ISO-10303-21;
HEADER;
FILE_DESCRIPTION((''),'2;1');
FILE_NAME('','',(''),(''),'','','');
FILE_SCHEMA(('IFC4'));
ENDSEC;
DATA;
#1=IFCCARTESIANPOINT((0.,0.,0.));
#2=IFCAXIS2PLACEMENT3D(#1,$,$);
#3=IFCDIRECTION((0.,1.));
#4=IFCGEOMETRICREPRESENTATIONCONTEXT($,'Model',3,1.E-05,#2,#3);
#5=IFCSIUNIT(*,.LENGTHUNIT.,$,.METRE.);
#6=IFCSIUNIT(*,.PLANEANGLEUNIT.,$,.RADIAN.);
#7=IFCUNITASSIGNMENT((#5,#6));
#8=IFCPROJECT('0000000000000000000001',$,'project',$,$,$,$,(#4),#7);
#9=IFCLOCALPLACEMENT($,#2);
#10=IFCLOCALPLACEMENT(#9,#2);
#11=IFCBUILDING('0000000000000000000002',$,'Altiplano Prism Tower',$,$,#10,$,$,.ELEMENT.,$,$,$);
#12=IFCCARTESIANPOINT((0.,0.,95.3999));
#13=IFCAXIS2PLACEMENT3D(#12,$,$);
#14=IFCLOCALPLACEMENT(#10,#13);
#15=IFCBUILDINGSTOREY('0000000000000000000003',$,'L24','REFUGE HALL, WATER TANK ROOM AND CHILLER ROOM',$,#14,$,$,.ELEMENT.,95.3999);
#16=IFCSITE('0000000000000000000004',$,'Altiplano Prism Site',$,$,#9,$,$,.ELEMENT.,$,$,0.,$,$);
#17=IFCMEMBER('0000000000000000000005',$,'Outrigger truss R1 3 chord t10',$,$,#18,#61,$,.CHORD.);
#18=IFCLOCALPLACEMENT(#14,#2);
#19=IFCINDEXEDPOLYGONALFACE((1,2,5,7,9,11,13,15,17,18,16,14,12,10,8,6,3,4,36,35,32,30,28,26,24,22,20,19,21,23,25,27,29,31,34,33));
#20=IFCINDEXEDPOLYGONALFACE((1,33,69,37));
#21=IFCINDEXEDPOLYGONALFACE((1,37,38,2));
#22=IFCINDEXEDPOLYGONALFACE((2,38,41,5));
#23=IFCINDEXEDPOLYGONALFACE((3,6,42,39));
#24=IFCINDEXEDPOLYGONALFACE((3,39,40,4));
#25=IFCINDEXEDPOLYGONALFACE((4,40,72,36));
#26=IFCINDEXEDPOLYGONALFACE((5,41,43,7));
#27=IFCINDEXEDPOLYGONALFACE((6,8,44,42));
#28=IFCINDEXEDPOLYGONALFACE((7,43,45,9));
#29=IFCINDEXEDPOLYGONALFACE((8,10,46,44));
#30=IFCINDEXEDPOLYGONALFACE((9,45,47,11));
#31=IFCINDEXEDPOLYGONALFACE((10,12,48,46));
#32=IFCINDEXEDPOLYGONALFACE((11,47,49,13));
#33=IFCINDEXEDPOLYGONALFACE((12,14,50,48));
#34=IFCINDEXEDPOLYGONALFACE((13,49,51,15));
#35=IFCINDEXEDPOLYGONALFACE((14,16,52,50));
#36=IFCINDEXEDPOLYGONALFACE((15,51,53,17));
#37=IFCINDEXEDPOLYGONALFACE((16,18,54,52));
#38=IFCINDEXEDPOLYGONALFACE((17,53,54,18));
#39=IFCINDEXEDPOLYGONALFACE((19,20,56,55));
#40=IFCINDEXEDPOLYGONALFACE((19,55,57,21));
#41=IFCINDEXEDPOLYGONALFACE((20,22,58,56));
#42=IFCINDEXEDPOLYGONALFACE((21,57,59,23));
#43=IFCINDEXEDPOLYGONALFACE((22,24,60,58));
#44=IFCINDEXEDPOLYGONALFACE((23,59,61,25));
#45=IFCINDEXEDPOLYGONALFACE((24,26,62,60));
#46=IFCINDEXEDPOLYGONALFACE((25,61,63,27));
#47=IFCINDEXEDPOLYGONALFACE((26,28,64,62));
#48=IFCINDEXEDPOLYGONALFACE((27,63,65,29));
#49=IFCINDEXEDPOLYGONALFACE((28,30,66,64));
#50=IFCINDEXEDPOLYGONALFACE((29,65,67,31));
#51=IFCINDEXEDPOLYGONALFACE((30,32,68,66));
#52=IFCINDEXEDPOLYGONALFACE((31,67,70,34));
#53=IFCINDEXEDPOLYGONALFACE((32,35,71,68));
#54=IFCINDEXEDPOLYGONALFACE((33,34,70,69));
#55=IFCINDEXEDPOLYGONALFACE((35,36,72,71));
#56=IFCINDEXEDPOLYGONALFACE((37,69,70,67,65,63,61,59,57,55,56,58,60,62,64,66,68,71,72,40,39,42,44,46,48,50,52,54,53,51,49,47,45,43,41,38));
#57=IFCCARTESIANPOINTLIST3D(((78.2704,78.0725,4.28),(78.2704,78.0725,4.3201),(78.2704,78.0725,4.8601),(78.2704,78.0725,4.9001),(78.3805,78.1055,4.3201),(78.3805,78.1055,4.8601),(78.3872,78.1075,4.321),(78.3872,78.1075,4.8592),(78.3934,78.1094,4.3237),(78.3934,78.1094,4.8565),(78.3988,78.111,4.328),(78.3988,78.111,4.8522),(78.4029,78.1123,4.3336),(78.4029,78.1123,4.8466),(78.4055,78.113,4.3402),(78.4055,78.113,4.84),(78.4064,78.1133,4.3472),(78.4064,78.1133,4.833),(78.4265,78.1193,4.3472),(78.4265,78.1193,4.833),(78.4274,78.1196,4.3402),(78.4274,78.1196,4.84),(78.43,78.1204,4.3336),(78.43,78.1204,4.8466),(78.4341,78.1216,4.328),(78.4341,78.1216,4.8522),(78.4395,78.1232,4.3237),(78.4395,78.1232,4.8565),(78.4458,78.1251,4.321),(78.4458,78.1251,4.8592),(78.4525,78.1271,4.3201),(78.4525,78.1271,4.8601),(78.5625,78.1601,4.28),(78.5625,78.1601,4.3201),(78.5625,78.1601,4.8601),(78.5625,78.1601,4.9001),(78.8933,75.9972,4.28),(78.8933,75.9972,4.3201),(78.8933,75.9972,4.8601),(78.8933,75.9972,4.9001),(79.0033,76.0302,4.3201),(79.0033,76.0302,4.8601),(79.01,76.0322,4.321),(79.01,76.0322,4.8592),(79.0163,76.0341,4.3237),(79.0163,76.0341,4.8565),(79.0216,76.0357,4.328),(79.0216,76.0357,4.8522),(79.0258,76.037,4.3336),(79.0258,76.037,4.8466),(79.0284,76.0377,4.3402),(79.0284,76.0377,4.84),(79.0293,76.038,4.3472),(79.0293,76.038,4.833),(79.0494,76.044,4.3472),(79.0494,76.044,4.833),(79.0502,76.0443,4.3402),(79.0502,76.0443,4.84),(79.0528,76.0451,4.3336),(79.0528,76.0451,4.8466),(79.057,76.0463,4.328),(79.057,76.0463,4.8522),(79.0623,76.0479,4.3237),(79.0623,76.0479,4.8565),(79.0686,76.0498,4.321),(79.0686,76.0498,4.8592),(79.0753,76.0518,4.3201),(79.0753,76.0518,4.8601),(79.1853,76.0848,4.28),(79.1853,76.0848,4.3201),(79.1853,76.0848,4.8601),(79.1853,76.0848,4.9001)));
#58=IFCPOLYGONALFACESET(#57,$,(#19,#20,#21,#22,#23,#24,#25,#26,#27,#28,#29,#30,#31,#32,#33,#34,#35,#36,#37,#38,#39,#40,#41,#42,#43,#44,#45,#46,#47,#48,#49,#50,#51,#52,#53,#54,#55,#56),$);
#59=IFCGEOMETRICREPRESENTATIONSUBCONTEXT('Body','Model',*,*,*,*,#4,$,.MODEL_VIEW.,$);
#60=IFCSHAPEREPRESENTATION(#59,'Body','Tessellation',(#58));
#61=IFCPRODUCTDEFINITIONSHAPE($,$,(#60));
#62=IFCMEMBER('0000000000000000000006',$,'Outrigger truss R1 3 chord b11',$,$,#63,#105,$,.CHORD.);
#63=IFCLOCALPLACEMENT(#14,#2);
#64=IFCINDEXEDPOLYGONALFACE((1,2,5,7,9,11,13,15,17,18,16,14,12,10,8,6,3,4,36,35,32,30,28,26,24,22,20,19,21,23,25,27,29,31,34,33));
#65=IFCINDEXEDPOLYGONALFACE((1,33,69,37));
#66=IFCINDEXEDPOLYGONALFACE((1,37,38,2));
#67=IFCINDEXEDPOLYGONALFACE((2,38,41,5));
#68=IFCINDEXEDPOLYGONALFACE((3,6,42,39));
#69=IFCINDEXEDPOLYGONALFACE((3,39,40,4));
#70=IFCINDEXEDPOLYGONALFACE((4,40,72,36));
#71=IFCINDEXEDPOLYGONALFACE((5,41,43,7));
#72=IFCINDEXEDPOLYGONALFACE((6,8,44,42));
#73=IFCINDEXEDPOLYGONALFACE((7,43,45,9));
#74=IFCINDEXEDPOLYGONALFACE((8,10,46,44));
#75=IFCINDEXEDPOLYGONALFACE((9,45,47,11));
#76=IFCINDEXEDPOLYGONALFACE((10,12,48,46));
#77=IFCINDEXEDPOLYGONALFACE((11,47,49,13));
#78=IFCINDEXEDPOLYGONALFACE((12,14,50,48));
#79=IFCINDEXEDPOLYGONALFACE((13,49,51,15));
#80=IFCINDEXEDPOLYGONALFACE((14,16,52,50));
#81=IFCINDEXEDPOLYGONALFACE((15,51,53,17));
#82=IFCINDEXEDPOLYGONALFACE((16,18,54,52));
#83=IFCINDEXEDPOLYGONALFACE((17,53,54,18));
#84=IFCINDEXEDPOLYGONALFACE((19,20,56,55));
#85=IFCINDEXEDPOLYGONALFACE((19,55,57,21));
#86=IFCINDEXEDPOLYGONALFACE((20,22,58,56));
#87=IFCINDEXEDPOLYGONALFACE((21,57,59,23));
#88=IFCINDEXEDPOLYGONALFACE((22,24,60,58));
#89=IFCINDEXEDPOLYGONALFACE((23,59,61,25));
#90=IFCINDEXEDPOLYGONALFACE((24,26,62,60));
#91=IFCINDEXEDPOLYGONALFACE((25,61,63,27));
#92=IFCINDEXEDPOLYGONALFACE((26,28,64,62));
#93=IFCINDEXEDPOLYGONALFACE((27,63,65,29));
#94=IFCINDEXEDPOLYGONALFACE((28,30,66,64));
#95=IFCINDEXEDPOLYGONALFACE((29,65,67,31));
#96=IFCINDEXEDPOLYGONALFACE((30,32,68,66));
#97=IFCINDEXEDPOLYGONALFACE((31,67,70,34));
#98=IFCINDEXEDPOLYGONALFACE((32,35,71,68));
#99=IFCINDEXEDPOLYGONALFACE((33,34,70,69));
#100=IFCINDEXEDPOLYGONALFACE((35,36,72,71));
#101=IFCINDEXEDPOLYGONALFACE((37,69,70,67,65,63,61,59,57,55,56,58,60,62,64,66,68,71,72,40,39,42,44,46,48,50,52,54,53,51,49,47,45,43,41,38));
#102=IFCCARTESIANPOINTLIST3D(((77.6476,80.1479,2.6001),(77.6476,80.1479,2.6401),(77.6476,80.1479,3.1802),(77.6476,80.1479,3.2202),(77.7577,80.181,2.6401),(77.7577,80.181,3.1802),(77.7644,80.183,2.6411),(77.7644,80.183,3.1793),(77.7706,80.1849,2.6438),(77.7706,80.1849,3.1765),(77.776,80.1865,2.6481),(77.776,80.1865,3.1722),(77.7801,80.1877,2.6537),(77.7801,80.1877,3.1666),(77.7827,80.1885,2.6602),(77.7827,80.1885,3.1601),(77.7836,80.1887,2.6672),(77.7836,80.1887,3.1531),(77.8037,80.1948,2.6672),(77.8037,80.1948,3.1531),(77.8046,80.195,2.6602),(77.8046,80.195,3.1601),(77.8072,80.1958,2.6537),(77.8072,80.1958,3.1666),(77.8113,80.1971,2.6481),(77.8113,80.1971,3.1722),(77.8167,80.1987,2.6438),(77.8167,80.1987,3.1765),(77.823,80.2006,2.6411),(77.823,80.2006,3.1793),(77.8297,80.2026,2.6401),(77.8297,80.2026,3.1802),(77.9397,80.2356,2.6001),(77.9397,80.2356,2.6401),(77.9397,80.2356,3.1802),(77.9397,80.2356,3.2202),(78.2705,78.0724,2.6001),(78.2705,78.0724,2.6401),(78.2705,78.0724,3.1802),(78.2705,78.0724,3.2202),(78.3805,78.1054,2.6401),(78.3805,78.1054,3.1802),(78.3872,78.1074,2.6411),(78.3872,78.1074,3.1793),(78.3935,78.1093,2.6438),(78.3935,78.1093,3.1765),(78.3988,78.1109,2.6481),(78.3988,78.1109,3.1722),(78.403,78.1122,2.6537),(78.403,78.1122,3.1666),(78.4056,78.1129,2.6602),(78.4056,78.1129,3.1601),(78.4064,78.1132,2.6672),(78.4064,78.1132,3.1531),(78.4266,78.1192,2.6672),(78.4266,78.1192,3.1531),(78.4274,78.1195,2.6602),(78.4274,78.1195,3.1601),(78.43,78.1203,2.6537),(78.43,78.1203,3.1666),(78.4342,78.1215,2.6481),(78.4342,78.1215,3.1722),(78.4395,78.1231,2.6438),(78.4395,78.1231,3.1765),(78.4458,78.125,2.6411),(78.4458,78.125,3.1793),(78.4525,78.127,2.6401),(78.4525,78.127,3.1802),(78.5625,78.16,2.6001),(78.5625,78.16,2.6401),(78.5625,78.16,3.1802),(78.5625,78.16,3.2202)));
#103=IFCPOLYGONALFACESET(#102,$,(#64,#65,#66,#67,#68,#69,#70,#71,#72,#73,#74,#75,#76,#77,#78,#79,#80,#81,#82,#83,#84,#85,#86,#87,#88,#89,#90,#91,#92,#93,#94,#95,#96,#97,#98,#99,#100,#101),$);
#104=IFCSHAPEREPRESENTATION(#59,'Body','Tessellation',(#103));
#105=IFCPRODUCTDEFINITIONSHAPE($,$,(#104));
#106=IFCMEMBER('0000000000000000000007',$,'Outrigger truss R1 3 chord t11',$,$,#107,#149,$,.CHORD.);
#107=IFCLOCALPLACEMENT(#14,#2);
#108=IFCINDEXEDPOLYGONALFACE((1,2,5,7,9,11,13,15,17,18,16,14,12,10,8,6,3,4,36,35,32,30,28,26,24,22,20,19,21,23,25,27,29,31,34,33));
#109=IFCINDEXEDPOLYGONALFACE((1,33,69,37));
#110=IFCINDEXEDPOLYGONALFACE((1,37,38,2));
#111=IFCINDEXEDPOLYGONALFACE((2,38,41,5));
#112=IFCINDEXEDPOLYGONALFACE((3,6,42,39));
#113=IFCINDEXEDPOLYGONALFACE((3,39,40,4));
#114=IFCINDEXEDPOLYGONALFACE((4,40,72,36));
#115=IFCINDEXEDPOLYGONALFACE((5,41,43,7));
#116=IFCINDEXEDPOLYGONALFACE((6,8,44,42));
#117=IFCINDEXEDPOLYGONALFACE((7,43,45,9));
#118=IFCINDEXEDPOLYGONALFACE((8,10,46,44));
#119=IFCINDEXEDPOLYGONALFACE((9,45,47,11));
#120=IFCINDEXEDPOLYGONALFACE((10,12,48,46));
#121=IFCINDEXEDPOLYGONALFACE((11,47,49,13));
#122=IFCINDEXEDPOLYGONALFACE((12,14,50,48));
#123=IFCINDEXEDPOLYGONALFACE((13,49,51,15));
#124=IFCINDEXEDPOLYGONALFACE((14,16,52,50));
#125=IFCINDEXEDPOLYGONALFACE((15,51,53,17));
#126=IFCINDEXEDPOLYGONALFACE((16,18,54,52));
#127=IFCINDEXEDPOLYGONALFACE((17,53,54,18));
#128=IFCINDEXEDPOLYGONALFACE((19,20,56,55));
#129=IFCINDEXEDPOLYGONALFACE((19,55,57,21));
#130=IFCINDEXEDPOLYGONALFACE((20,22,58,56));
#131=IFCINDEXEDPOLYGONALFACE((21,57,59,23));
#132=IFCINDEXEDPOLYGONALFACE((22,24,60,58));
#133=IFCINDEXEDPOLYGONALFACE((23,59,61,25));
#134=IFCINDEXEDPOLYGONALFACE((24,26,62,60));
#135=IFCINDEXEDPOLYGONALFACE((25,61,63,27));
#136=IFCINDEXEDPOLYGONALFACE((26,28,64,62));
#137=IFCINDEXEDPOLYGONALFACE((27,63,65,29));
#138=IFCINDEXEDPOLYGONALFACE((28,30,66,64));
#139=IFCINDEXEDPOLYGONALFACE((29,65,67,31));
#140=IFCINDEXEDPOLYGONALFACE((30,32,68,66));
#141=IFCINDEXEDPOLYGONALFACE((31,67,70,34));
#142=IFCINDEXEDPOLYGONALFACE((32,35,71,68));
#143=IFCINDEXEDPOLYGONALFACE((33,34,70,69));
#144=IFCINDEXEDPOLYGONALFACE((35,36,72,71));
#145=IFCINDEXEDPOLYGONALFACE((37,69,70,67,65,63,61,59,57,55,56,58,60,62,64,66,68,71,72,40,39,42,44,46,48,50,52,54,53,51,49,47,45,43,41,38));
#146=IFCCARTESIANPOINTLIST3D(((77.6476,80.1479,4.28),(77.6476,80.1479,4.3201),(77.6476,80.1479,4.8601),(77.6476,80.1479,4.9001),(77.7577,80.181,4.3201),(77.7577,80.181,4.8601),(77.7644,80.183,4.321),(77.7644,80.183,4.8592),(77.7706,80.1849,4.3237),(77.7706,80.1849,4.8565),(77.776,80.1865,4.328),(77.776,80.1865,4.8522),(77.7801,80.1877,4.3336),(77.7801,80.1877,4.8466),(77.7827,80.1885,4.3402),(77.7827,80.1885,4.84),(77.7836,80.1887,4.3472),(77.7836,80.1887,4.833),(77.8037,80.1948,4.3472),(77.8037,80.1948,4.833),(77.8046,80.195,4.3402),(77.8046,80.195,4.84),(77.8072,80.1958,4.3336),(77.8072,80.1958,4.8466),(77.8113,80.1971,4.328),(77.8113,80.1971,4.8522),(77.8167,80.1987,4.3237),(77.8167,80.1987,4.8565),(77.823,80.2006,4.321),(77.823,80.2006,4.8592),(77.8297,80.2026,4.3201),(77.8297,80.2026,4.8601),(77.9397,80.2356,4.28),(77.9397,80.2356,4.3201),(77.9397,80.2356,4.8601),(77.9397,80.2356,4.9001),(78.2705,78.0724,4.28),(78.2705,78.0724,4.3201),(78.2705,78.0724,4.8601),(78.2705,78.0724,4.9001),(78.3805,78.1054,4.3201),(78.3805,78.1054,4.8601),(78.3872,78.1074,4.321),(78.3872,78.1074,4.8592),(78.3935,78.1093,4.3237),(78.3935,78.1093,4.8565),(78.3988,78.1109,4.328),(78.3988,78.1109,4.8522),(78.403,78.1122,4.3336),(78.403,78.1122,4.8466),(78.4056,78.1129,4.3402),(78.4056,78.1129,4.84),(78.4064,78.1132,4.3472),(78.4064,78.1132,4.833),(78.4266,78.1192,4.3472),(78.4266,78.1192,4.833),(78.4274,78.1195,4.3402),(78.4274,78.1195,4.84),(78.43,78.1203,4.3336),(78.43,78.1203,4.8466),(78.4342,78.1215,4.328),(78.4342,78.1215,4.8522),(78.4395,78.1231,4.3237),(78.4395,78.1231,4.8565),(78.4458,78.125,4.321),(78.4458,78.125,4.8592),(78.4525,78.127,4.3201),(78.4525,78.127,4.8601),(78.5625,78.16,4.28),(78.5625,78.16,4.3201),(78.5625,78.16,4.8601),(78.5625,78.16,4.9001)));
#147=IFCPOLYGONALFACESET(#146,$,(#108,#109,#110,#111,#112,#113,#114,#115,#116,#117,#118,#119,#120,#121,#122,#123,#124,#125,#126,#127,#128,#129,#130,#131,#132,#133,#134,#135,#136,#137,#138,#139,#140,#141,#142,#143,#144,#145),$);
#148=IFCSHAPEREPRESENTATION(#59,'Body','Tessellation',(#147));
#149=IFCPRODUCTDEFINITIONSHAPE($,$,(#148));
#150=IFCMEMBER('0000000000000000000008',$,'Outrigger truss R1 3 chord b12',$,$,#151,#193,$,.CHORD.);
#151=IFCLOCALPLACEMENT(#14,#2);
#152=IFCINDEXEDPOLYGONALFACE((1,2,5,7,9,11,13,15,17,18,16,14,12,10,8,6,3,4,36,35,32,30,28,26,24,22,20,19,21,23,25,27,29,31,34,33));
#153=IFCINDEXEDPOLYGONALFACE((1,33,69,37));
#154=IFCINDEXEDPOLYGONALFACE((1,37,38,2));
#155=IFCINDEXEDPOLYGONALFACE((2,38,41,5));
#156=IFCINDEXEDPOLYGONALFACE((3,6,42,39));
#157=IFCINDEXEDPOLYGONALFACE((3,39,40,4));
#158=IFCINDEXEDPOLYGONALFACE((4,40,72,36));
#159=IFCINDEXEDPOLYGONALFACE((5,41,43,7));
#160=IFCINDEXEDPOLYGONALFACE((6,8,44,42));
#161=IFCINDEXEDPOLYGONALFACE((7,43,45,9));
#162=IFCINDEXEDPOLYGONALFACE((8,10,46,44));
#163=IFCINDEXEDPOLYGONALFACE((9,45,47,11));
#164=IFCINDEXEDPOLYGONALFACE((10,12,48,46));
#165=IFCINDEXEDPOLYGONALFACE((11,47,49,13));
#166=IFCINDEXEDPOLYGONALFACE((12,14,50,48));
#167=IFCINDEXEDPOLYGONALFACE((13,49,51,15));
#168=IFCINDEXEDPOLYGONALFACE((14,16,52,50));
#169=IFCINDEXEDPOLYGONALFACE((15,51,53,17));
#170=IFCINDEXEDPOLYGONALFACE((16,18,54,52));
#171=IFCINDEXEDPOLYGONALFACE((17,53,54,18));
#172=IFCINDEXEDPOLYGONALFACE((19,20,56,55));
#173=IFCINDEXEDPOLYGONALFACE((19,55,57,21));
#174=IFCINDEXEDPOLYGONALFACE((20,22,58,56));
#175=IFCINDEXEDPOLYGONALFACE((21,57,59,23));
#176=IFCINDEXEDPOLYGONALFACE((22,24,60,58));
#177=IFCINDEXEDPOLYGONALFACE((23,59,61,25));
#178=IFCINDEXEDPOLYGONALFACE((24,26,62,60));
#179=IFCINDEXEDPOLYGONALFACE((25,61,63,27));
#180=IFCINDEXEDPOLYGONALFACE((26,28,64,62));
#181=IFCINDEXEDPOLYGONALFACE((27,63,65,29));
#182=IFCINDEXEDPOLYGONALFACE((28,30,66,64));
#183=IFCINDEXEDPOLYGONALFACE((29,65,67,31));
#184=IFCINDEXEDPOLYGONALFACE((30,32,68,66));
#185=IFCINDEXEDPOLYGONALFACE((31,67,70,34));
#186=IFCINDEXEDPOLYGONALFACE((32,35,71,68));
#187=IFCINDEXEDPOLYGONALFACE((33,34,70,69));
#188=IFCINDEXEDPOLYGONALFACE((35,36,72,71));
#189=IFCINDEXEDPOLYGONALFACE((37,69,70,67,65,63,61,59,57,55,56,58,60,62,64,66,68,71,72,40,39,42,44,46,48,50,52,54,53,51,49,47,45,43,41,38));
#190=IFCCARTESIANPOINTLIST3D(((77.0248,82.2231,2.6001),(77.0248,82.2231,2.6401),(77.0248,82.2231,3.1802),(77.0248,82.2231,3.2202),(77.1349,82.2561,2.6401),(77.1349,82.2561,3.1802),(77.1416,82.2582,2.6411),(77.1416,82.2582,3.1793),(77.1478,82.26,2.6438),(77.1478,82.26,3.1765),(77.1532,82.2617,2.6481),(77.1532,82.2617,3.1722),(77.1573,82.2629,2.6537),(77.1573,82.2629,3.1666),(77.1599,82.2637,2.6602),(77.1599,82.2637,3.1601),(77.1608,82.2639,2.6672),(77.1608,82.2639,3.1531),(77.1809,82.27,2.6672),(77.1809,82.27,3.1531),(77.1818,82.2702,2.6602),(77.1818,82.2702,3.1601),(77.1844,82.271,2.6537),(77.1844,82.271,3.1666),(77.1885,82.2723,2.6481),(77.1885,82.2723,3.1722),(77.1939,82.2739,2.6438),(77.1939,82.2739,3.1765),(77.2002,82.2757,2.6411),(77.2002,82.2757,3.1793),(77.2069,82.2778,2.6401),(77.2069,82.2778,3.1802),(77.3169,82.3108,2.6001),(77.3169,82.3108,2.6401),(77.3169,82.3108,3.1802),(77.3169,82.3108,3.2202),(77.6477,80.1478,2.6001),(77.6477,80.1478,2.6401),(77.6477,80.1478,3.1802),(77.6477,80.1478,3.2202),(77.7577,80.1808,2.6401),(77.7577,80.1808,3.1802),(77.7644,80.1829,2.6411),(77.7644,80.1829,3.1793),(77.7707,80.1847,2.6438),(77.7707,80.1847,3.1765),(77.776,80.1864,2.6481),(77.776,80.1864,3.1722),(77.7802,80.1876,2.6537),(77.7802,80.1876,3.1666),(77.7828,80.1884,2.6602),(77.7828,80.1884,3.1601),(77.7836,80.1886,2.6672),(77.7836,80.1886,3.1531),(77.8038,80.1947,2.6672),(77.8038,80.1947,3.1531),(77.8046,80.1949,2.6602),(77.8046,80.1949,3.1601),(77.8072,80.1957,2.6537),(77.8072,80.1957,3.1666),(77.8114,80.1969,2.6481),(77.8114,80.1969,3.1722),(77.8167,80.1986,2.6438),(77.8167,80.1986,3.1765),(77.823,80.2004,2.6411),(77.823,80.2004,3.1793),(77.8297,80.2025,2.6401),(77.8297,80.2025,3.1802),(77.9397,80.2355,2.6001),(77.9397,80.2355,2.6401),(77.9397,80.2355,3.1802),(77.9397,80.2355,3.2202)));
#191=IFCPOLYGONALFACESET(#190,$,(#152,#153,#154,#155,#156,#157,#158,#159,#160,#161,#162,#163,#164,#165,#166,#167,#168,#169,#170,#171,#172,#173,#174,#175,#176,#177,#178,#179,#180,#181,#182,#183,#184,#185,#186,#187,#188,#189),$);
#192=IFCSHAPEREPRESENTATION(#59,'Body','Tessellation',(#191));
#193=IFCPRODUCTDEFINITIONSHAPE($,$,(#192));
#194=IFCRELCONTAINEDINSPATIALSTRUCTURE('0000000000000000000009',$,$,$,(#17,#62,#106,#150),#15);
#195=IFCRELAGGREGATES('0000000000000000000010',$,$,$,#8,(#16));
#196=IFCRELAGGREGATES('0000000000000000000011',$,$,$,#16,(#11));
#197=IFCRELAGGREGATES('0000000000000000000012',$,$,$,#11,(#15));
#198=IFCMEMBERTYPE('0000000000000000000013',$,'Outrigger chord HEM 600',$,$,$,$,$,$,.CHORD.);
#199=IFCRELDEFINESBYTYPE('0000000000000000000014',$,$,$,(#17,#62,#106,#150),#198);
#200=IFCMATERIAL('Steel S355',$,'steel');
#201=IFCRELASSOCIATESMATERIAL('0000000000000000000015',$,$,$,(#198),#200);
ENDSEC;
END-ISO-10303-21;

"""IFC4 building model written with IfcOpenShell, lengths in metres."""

from ifc_helpers import new_model, si_unit, direction, frame, origin, origin_2d, place, context, subcontext, project, spatial, i_section, extrude, material, material_profile, profile_set, type_object, element, save


model = new_model("IFC4")

# Units and contexts
model_context = context("Model", 3, precision=1e-05, world=origin(), true_north=direction((0.0, 1.0)))
body_context = subcontext(model_context, "Body", "Model", "MODEL_VIEW")
ifc_project = project(units=[si_unit("LENGTHUNIT", "METRE"), si_unit("PLANEANGLEUNIT", "RADIAN")], contexts=[model_context])

# Site, building, storey
site_placement = place(None, origin())
site = spatial("IfcSite", under=ifc_project, at=site_placement, Name="Altiplano Prism Site", CompositionType="ELEMENT", RefElevation=0.0)
building_placement = place(site_placement, origin())
building = spatial("IfcBuilding", under=site, at=building_placement, Name="Altiplano Prism Tower", CompositionType="ELEMENT")
storey_placement = place(building_placement, frame((0.0, 0.0, 95.3999)))
storey = spatial("IfcBuildingStorey", under=building, at=storey_placement, Name="L24", Description="REFUGE HALL, WATER TANK ROOM AND CHILLER ROOM", CompositionType="ELEMENT", Elevation=95.3999)

# Members
ifc_material_1 = material(Name="Steel S355", Category="steel")
ifc_material_profile_1 = material_profile(ifc_material_1, i_section(OverallWidth=0.3049, OverallDepth=0.6201, WebThickness=0.021, FlangeThickness=0.04, FilletRadius=0.0271, at=origin_2d()), Name="Outrigger chord HEM 600")
ifc_profile_set_1 = profile_set([ifc_material_profile_1], Name="Steel S355")
member_type_1 = type_object("IfcMemberType", Name="Outrigger chord HEM 600", PredefinedType="CHORD", material=ifc_profile_set_1)
for number, where, z_axis, x_axis, name in (
    (1, (79.0393, 76.041, 4.5901), (-0.287451, 0.957795, 0.0), (-0.957795, -0.287451, 0.0), "Outrigger truss R1 3 chord t10"),
):
    element("IfcMember", number, at=place(storey_placement, frame(where, z_axis=z_axis, x_axis=x_axis)), inside=storey, type_object=member_type_1, Name=name, PredefinedType="CHORD", context=body_context, shape_type="SweptSolid", body=[
        extrude(i_section(OverallWidth=0.3049, OverallDepth=0.6201, WebThickness=0.021, FlangeThickness=0.04, FilletRadius=0.0271, at=origin_2d()), origin(), (0.0, 0.0, 1.0), 2.1667),
    ])
for number, where, z_axis, x_axis, name in (
    (2, (78.4165, 78.1162, 2.9102), (-0.28742, 0.957805, 0.0), (-0.957805, -0.28742, 0.0), "Outrigger truss R1 3 chord b11"),
    (3, (78.4165, 78.1162, 4.5901), (-0.28742, 0.957805, 0.0), (-0.957805, -0.28742, 0.0), "Outrigger truss R1 3 chord t11"),
):
    element("IfcMember", number, at=place(storey_placement, frame(where, z_axis=z_axis, x_axis=x_axis)), inside=storey, type_object=member_type_1, Name=name, PredefinedType="CHORD", context=body_context, shape_type="SweptSolid", body=[
        extrude(i_section(OverallWidth=0.3049, OverallDepth=0.6201, WebThickness=0.021, FlangeThickness=0.04, FilletRadius=0.0271, at=origin_2d()), origin(), (0.0, 0.0, 1.0), 2.167),
    ])
for number, where, z_axis, x_axis, name in (
    (4, (77.7937, 80.1917, 2.9102), (-0.287451, 0.957795, 0.0), (-0.957795, -0.287451, 0.0), "Outrigger truss R1 3 chord b12"),
):
    element("IfcMember", number, at=place(storey_placement, frame(where, z_axis=z_axis, x_axis=x_axis)), inside=storey, type_object=member_type_1, Name=name, PredefinedType="CHORD", context=body_context, shape_type="SweptSolid", body=[
        extrude(i_section(OverallWidth=0.3049, OverallDepth=0.6201, WebThickness=0.021, FlangeThickness=0.04, FilletRadius=0.0271, at=origin_2d()), origin(), (0.0, 0.0, 1.0), 2.1667),
    ])

save(model, "model.ifc")
